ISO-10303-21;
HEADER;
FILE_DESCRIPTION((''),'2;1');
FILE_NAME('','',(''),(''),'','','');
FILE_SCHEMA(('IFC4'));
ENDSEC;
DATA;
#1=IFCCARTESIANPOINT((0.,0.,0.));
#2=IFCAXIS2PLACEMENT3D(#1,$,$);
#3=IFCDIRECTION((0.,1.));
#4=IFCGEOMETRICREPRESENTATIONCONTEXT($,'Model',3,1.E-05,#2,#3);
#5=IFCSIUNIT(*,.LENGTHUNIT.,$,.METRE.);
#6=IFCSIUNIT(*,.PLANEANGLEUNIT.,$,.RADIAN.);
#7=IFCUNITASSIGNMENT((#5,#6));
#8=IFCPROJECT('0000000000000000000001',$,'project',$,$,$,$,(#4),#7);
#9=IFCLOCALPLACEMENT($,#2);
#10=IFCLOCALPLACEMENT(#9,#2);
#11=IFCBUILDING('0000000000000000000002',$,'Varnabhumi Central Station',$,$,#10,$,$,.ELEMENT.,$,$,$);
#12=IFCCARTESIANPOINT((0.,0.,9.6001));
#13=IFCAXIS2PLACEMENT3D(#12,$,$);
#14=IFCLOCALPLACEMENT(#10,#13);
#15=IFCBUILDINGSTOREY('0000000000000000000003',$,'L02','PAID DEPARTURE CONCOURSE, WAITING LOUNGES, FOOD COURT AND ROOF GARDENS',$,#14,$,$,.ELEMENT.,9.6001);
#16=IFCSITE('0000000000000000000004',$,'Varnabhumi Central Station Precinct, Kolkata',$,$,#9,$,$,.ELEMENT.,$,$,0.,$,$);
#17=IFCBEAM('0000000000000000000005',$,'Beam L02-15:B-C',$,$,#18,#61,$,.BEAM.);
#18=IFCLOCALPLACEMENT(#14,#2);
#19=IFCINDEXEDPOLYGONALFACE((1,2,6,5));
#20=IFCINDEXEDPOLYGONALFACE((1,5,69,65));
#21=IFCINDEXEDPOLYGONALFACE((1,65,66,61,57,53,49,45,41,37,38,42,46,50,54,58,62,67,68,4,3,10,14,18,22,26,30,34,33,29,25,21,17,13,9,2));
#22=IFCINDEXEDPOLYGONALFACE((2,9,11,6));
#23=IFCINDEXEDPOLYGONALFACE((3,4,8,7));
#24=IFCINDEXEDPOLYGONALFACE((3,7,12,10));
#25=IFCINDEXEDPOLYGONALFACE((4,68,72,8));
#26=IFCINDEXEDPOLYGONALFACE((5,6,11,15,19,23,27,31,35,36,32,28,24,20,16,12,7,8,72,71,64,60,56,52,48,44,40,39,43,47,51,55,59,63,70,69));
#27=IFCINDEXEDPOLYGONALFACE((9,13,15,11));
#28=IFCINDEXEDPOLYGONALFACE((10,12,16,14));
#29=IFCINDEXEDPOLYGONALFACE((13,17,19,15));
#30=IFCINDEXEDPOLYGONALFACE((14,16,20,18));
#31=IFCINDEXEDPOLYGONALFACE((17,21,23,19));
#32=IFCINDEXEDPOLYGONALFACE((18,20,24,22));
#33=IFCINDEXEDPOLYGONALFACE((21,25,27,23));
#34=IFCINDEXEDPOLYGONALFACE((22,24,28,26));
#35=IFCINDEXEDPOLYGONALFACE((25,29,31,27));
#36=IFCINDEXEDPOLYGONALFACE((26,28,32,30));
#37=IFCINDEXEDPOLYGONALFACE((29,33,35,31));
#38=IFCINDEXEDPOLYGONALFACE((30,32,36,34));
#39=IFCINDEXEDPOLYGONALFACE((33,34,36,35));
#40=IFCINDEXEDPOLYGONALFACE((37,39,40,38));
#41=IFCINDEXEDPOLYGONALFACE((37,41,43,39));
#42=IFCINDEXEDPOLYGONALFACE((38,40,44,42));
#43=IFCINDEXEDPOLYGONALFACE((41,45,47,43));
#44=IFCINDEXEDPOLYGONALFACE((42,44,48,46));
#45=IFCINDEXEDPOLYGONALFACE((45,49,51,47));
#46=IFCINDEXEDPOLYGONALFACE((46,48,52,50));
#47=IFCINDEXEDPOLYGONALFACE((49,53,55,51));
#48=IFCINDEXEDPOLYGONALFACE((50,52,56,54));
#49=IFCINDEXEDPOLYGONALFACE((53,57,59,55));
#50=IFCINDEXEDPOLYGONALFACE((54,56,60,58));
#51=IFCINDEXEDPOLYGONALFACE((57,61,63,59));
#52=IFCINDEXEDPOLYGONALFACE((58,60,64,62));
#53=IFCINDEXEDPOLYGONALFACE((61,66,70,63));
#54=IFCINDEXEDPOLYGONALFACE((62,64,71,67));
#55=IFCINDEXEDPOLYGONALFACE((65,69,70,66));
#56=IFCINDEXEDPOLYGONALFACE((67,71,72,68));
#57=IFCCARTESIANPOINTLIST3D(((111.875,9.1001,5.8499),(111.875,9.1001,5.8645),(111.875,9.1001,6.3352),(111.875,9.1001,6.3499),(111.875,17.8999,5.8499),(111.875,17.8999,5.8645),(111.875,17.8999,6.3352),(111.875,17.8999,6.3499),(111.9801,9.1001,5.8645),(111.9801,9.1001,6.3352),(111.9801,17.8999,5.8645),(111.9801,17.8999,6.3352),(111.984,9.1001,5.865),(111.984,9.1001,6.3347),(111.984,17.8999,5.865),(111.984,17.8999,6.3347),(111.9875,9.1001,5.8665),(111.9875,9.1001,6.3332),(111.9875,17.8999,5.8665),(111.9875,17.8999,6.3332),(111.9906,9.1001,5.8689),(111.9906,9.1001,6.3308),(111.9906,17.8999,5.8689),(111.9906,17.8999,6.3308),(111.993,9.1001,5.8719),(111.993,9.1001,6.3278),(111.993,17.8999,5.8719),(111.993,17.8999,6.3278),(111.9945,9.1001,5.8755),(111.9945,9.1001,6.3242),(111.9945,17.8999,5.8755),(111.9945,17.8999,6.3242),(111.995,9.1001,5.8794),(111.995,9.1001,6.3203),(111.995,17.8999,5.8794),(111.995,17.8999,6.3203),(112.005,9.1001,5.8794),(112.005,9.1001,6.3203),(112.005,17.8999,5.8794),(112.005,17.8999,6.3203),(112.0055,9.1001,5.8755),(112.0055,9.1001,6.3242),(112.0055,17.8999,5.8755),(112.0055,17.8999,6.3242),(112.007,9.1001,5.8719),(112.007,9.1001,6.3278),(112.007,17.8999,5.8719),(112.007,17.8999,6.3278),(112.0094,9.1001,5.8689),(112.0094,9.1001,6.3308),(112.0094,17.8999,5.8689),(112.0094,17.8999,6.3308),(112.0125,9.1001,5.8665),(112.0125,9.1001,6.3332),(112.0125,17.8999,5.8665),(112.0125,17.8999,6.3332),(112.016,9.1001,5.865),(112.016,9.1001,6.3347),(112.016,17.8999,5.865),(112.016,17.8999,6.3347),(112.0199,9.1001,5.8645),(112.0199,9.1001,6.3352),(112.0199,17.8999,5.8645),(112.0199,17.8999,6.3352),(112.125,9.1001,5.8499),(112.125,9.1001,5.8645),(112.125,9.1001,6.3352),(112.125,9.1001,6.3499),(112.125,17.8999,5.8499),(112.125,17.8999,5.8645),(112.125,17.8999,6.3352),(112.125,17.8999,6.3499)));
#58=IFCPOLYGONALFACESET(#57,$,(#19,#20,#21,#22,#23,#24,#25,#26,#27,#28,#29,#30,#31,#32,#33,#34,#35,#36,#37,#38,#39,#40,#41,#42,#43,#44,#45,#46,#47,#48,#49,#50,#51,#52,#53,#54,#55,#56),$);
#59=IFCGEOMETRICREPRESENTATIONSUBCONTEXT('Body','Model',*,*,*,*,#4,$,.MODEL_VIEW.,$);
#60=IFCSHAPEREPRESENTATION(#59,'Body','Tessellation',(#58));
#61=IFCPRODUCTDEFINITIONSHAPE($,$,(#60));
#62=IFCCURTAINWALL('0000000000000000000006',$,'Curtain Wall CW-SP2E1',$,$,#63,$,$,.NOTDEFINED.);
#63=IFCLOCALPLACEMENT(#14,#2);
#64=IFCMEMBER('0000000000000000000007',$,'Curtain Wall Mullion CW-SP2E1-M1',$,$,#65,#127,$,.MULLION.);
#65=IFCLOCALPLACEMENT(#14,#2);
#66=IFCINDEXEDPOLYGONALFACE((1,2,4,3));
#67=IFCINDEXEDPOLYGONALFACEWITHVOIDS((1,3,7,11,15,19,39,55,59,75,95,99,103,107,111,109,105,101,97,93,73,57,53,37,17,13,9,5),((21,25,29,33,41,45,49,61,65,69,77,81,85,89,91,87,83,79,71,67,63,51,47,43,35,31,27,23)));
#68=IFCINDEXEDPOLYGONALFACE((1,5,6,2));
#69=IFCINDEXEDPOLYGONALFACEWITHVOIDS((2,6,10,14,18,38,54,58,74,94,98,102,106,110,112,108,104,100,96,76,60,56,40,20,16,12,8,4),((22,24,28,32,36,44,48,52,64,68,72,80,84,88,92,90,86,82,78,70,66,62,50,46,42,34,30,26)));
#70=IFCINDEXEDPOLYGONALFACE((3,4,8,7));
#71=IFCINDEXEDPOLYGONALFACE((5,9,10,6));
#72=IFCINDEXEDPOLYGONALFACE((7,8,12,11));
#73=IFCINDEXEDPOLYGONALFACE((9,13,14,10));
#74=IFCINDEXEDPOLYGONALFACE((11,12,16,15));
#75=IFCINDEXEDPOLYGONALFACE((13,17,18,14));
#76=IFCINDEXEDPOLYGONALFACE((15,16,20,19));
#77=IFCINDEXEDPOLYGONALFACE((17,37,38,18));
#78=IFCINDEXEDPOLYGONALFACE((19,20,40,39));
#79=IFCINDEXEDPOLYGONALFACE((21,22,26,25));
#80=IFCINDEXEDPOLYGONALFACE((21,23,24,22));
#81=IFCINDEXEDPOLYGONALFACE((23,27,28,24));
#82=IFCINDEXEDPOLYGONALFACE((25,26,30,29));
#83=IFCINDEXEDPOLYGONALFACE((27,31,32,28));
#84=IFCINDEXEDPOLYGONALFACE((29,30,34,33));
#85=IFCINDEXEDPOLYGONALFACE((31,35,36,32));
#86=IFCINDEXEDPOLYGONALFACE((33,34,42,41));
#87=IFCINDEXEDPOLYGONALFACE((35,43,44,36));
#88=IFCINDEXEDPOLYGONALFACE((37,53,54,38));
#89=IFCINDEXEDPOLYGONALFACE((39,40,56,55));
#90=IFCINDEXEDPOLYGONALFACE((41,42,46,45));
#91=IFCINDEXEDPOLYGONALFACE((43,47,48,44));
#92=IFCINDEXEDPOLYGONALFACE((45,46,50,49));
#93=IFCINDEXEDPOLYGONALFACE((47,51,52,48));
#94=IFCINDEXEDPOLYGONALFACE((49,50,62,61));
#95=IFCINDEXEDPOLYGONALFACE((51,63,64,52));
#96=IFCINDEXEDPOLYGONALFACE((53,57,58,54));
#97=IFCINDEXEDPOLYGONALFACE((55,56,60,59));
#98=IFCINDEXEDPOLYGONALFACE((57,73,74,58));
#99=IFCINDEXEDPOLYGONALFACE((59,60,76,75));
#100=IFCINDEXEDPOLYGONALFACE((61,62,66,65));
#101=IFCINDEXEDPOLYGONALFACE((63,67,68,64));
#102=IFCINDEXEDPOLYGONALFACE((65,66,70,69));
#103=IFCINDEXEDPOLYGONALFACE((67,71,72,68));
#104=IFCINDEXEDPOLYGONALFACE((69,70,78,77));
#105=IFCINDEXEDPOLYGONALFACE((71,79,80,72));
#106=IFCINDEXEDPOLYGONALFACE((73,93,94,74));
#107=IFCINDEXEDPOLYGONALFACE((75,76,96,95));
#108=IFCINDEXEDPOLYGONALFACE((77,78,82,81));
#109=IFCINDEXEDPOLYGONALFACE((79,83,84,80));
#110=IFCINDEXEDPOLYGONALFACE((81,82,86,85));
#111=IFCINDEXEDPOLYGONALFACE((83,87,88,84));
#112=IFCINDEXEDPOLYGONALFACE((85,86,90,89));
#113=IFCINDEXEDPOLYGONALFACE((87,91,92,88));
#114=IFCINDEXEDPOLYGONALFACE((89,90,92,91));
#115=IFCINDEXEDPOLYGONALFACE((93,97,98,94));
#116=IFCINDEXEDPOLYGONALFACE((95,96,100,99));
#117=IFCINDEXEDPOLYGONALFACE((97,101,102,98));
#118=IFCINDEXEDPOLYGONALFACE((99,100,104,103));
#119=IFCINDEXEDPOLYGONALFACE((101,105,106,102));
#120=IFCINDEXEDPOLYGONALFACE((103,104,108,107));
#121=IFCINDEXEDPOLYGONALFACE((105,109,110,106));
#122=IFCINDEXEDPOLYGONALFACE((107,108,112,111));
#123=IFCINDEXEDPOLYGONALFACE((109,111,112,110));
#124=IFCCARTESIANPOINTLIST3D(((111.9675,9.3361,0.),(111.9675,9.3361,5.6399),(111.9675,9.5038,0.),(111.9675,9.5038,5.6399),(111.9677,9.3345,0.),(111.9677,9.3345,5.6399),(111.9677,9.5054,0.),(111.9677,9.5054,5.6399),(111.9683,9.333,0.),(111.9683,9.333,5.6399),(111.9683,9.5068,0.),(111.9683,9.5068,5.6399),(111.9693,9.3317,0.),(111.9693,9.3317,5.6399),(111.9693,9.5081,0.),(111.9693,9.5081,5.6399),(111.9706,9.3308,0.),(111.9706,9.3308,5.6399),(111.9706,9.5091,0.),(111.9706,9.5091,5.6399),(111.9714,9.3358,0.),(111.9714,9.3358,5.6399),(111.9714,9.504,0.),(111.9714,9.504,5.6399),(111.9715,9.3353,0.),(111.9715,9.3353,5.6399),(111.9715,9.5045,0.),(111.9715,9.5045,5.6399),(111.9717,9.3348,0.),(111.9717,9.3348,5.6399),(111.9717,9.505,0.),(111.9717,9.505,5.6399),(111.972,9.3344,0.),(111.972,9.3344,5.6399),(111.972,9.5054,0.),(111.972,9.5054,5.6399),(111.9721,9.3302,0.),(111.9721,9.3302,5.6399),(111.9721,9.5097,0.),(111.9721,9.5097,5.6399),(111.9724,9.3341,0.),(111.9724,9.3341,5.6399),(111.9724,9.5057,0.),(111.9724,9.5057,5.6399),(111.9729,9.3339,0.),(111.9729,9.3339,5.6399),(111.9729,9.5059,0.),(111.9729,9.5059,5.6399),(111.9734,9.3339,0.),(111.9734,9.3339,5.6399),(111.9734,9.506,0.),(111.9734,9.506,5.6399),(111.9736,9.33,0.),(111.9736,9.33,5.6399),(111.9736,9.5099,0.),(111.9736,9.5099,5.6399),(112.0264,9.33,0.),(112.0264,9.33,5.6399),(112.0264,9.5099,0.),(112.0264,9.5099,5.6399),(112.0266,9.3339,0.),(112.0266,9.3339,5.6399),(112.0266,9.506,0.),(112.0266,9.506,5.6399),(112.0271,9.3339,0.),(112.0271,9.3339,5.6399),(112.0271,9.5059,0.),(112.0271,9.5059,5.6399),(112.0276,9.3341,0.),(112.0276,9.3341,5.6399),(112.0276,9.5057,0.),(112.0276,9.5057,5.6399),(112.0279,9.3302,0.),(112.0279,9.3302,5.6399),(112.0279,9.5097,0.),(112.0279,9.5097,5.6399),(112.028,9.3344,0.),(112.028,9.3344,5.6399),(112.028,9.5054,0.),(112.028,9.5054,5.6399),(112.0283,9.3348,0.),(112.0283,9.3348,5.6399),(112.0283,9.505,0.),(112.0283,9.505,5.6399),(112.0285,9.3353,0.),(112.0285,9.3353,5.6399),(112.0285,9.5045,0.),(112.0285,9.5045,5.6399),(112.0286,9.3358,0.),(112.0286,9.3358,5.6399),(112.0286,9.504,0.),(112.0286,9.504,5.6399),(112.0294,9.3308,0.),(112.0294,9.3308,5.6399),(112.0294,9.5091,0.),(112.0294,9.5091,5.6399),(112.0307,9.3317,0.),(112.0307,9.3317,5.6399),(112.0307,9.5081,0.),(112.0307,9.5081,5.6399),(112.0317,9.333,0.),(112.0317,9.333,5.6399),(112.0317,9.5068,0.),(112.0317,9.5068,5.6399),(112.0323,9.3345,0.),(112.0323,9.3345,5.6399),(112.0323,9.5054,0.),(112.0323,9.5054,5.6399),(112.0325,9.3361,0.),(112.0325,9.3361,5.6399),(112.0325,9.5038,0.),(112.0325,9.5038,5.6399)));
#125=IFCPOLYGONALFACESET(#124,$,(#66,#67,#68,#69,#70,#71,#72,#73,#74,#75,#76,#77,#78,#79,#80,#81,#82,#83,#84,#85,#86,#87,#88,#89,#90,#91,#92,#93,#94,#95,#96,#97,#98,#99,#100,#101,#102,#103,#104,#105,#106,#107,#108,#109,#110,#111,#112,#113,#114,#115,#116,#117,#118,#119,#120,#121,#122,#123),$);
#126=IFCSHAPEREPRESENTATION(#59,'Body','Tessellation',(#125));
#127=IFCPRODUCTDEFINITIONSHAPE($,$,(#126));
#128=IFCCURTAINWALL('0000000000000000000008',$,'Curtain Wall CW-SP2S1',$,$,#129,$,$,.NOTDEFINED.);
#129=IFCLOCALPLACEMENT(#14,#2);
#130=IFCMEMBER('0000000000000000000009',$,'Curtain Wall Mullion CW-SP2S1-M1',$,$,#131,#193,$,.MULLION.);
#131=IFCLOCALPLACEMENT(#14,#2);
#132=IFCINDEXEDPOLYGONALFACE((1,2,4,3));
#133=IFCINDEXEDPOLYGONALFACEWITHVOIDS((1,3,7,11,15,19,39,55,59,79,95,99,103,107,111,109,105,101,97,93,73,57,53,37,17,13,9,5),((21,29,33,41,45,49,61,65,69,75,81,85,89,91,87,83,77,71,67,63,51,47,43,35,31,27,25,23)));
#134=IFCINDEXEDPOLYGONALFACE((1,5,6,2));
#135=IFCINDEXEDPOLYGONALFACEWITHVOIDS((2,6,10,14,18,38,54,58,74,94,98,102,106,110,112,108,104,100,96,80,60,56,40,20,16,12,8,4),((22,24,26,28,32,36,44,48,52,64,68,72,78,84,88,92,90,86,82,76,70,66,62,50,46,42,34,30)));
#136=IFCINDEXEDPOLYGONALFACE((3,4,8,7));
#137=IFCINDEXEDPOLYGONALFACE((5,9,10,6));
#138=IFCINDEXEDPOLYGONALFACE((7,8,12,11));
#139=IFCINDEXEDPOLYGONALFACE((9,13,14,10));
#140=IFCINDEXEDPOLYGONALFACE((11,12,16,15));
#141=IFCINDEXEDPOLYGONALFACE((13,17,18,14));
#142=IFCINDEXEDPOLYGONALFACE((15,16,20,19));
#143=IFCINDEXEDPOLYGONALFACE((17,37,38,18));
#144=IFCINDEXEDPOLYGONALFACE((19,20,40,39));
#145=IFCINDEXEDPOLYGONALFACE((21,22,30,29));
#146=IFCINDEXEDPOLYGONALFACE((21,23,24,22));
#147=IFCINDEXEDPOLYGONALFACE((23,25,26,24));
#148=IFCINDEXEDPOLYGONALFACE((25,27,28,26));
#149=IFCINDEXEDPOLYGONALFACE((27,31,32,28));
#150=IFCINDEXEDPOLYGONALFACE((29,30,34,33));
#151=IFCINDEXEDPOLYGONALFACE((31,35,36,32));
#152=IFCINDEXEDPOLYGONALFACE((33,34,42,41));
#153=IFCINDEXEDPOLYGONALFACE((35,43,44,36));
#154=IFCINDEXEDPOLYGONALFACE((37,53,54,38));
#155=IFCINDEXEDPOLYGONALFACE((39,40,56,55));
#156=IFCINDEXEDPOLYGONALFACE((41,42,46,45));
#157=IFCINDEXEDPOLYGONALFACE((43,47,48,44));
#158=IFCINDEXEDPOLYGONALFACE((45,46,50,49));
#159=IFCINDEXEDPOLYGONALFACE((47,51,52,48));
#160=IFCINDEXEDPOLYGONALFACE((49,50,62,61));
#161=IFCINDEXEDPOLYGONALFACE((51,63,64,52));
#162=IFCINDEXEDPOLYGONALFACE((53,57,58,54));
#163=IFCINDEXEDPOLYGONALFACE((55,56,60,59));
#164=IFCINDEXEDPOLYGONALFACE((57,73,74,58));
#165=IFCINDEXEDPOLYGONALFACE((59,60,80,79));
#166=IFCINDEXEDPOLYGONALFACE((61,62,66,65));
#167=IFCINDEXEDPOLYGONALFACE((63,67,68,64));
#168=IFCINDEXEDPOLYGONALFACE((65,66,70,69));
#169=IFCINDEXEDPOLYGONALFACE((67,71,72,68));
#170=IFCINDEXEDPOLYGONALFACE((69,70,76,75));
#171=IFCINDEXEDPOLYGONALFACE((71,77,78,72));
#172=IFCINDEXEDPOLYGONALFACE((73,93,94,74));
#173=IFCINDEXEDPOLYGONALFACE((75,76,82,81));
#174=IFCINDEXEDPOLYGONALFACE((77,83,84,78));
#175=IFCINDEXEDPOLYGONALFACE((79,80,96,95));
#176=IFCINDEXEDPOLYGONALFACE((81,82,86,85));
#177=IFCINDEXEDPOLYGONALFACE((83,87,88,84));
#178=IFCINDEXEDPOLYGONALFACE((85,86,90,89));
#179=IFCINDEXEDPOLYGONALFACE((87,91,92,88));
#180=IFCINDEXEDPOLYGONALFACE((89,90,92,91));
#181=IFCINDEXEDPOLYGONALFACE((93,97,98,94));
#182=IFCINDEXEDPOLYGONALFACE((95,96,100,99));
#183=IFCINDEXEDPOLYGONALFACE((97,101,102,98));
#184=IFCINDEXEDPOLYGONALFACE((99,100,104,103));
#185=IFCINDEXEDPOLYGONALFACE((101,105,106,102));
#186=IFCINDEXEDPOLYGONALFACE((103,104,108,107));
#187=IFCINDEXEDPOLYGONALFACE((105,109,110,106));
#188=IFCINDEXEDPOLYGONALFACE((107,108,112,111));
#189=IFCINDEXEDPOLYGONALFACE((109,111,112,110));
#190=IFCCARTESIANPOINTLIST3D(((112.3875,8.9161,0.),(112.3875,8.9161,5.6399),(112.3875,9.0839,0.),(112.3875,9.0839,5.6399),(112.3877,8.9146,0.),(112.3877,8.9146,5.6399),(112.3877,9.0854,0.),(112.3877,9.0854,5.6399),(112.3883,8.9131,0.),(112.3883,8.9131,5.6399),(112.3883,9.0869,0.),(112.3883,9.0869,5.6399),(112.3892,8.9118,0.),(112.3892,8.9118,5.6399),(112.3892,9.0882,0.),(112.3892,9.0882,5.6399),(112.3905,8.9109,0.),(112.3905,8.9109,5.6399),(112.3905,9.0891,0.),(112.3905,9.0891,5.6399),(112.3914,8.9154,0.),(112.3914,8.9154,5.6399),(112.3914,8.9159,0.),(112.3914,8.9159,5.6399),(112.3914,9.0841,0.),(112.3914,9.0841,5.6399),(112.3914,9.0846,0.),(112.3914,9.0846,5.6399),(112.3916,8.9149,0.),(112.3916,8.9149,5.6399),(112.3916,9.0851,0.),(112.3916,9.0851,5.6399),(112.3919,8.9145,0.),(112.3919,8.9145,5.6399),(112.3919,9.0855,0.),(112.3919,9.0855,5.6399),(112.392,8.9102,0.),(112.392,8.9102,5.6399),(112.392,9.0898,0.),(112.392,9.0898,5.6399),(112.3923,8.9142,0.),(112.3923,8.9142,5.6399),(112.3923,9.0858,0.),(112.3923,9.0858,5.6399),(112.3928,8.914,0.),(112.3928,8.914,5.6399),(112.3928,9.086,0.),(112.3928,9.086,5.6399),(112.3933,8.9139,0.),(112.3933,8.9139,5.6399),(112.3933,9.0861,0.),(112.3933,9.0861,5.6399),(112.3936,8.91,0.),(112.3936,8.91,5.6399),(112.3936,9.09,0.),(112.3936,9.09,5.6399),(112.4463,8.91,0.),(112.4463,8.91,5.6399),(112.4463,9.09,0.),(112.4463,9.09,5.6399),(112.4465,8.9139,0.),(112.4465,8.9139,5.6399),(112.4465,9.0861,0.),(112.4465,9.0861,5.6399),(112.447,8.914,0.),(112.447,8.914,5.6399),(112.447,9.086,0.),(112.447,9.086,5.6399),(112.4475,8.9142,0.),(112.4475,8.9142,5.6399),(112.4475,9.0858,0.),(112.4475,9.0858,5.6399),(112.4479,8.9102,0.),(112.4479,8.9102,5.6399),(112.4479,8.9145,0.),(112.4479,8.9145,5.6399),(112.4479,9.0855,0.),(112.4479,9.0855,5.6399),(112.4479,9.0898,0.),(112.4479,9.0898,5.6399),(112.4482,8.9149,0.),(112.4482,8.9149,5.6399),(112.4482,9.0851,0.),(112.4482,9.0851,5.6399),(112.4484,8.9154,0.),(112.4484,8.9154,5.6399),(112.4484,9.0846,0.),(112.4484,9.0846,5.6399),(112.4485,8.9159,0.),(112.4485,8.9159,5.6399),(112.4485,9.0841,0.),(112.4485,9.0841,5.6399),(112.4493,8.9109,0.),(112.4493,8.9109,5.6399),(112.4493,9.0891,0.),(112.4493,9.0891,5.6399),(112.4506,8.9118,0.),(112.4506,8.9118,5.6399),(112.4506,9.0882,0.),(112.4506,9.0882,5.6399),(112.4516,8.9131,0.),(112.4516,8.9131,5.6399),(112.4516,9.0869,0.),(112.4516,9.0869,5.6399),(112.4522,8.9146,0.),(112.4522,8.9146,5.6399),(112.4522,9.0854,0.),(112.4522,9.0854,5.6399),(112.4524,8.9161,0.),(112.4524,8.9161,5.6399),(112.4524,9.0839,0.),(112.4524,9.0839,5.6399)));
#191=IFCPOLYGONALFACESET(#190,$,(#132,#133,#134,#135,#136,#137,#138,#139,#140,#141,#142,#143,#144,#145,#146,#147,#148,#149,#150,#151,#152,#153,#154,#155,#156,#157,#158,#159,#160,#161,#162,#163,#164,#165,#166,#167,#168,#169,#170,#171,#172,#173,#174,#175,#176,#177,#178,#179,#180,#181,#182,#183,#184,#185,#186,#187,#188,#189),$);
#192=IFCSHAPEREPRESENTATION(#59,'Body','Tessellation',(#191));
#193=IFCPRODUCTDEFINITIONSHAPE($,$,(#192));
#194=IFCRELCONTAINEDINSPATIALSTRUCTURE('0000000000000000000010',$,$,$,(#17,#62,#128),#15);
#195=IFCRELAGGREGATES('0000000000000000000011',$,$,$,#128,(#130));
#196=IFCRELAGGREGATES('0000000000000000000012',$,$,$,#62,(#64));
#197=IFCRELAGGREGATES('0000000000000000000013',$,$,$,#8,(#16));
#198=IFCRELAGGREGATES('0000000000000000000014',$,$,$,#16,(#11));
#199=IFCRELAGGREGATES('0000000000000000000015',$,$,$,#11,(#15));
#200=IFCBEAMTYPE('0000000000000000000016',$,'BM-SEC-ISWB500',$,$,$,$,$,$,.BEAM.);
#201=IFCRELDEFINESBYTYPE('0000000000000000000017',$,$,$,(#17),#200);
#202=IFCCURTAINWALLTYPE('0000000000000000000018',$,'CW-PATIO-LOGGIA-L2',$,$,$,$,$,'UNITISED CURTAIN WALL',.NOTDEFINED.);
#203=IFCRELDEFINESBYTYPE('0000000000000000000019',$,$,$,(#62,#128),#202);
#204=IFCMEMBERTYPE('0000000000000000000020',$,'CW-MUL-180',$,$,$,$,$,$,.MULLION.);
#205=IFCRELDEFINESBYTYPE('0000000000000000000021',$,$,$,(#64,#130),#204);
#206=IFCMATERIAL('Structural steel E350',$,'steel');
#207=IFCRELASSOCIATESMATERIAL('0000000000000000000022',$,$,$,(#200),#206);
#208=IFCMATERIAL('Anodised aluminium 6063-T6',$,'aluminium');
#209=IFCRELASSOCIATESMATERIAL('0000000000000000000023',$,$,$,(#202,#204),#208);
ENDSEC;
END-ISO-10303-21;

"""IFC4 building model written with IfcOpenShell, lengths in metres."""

from ifc_helpers import new_model, si_unit, direction, frame, origin, origin_2d, place, context, subcontext, project, spatial, hollow_rectangle, i_section, extrude, material, material_profile, profile_set, type_object, element, aggregate, save


model = new_model("IFC4")

# Units and contexts
model_context = context("Model", 3, precision=1e-05, world=origin(), true_north=direction((0.0, 1.0)))
body_context = subcontext(model_context, "Body", "Model", "MODEL_VIEW")
ifc_project = project(units=[si_unit("LENGTHUNIT", "METRE"), si_unit("PLANEANGLEUNIT", "RADIAN")], contexts=[model_context])

# Site, building, storey
site_placement = place(None, origin())
site = spatial("IfcSite", under=ifc_project, at=site_placement, Name="Varnabhumi Central Station Precinct, Kolkata", CompositionType="ELEMENT", RefElevation=0.0)
building_placement = place(site_placement, origin())
building = spatial("IfcBuilding", under=site, at=building_placement, Name="Varnabhumi Central Station", CompositionType="ELEMENT")
storey_placement = place(building_placement, frame((0.0, 0.0, 9.6001)))
storey = spatial("IfcBuildingStorey", under=building, at=storey_placement, Name="L02", Description="PAID DEPARTURE CONCOURSE, WAITING LOUNGES, FOOD COURT AND ROOF GARDENS", CompositionType="ELEMENT", Elevation=9.6001)

# Beam
ifc_material_1 = material(Name="Structural steel E350", Category="steel")
ifc_material_profile_1 = material_profile(ifc_material_1, i_section(OverallWidth=0.25, OverallDepth=0.5, WebThickness=0.01, FlangeThickness=0.0146, FilletRadius=0.0149, at=origin_2d()), Name="Structural steel E350", Category="steel")
ifc_profile_set_1 = profile_set([ifc_material_profile_1], Name="Structural steel E350")
beam_type_1 = type_object("IfcBeamType", Name="BM-SEC-ISWB500", PredefinedType="BEAM", material=ifc_profile_set_1)
for number, where, z_axis, x_axis, name in (
    (1, (112.0, 9.1001, 6.0999), (0.0, 1.0, 0.0), (-1.0, 0.0, 0.0), "Beam L02-15:B-C"),
):
    element("IfcBeam", number, at=place(storey_placement, frame(where, z_axis=z_axis, x_axis=x_axis)), inside=storey, type_object=beam_type_1, Name=name, PredefinedType="BEAM", context=body_context, shape_type="SweptSolid", body=[
        extrude(i_section(OverallWidth=0.25, OverallDepth=0.5, WebThickness=0.01, FlangeThickness=0.0146, FilletRadius=0.0149, at=origin_2d()), origin(), (0.0, 0.0, 1.0), 8.7998),
    ])

# Curtain walls, members
ifc_material_2 = material(Name="Anodised aluminium 6063-T6", Category="aluminium")
curtain_wall_type = type_object("IfcCurtainWallType", Name="CW-PATIO-LOGGIA-L2", ElementType="UNITISED CURTAIN WALL", PredefinedType="NOTDEFINED", material=ifc_material_2)
curtain_wall_1_placement = place(storey_placement, origin())
curtain_wall_1 = element("IfcCurtainWall", 2, at=curtain_wall_1_placement, inside=storey, type_object=curtain_wall_type, Name="Curtain Wall CW-SP2E1", PredefinedType="NOTDEFINED")
ifc_material_profile_2 = material_profile(ifc_material_2, hollow_rectangle(XDim=0.0649, YDim=0.1799, WallThickness=0.0039, InnerFilletRadius=0.002, OuterFilletRadius=0.0061, at=origin_2d()), Name="Anodised aluminium 6063-T6", Category="aluminium")
ifc_profile_set_2 = profile_set([ifc_material_profile_2], Name="Anodised aluminium 6063-T6")
member_type_1 = type_object("IfcMemberType", Name="CW-MUL-180", PredefinedType="MULLION", material=ifc_profile_set_2)
member_1_placement = place(storey_placement, frame((112.0, 9.4199, 0.0), z_axis=(0.0, 0.0, 1.0), x_axis=(1.0, 0.0, 0.0)))
member_1 = element("IfcMember", 3, at=member_1_placement, type_object=member_type_1, Name="Curtain Wall Mullion CW-SP2E1-M1", PredefinedType="MULLION", context=body_context, shape_type="SweptSolid", body=[
    extrude(hollow_rectangle(XDim=0.0649, YDim=0.1799, WallThickness=0.0039, InnerFilletRadius=0.002, OuterFilletRadius=0.0061, at=origin_2d()), origin(), (0.0, 0.0, 1.0), 5.6399),
])
curtain_wall_2_placement = place(storey_placement, origin())
curtain_wall_2 = element("IfcCurtainWall", 4, at=curtain_wall_2_placement, inside=storey, type_object=curtain_wall_type, Name="Curtain Wall CW-SP2S1", PredefinedType="NOTDEFINED")
member_2_placement = place(storey_placement, frame((112.4199, 9.0, 0.0), z_axis=(0.0, 0.0, 1.0), x_axis=(1.0, 0.0, 0.0)))
member_2 = element("IfcMember", 5, at=member_2_placement, type_object=member_type_1, Name="Curtain Wall Mullion CW-SP2S1-M1", PredefinedType="MULLION", context=body_context, shape_type="SweptSolid", body=[
    extrude(hollow_rectangle(XDim=0.0649, YDim=0.1799, WallThickness=0.0039, InnerFilletRadius=0.002, OuterFilletRadius=0.0061, at=origin_2d()), origin(), (0.0, 0.0, 1.0), 5.6399),
])
aggregate(curtain_wall_2, [member_2])

aggregate(curtain_wall_1, [member_1])

save(model, "model.ifc")
